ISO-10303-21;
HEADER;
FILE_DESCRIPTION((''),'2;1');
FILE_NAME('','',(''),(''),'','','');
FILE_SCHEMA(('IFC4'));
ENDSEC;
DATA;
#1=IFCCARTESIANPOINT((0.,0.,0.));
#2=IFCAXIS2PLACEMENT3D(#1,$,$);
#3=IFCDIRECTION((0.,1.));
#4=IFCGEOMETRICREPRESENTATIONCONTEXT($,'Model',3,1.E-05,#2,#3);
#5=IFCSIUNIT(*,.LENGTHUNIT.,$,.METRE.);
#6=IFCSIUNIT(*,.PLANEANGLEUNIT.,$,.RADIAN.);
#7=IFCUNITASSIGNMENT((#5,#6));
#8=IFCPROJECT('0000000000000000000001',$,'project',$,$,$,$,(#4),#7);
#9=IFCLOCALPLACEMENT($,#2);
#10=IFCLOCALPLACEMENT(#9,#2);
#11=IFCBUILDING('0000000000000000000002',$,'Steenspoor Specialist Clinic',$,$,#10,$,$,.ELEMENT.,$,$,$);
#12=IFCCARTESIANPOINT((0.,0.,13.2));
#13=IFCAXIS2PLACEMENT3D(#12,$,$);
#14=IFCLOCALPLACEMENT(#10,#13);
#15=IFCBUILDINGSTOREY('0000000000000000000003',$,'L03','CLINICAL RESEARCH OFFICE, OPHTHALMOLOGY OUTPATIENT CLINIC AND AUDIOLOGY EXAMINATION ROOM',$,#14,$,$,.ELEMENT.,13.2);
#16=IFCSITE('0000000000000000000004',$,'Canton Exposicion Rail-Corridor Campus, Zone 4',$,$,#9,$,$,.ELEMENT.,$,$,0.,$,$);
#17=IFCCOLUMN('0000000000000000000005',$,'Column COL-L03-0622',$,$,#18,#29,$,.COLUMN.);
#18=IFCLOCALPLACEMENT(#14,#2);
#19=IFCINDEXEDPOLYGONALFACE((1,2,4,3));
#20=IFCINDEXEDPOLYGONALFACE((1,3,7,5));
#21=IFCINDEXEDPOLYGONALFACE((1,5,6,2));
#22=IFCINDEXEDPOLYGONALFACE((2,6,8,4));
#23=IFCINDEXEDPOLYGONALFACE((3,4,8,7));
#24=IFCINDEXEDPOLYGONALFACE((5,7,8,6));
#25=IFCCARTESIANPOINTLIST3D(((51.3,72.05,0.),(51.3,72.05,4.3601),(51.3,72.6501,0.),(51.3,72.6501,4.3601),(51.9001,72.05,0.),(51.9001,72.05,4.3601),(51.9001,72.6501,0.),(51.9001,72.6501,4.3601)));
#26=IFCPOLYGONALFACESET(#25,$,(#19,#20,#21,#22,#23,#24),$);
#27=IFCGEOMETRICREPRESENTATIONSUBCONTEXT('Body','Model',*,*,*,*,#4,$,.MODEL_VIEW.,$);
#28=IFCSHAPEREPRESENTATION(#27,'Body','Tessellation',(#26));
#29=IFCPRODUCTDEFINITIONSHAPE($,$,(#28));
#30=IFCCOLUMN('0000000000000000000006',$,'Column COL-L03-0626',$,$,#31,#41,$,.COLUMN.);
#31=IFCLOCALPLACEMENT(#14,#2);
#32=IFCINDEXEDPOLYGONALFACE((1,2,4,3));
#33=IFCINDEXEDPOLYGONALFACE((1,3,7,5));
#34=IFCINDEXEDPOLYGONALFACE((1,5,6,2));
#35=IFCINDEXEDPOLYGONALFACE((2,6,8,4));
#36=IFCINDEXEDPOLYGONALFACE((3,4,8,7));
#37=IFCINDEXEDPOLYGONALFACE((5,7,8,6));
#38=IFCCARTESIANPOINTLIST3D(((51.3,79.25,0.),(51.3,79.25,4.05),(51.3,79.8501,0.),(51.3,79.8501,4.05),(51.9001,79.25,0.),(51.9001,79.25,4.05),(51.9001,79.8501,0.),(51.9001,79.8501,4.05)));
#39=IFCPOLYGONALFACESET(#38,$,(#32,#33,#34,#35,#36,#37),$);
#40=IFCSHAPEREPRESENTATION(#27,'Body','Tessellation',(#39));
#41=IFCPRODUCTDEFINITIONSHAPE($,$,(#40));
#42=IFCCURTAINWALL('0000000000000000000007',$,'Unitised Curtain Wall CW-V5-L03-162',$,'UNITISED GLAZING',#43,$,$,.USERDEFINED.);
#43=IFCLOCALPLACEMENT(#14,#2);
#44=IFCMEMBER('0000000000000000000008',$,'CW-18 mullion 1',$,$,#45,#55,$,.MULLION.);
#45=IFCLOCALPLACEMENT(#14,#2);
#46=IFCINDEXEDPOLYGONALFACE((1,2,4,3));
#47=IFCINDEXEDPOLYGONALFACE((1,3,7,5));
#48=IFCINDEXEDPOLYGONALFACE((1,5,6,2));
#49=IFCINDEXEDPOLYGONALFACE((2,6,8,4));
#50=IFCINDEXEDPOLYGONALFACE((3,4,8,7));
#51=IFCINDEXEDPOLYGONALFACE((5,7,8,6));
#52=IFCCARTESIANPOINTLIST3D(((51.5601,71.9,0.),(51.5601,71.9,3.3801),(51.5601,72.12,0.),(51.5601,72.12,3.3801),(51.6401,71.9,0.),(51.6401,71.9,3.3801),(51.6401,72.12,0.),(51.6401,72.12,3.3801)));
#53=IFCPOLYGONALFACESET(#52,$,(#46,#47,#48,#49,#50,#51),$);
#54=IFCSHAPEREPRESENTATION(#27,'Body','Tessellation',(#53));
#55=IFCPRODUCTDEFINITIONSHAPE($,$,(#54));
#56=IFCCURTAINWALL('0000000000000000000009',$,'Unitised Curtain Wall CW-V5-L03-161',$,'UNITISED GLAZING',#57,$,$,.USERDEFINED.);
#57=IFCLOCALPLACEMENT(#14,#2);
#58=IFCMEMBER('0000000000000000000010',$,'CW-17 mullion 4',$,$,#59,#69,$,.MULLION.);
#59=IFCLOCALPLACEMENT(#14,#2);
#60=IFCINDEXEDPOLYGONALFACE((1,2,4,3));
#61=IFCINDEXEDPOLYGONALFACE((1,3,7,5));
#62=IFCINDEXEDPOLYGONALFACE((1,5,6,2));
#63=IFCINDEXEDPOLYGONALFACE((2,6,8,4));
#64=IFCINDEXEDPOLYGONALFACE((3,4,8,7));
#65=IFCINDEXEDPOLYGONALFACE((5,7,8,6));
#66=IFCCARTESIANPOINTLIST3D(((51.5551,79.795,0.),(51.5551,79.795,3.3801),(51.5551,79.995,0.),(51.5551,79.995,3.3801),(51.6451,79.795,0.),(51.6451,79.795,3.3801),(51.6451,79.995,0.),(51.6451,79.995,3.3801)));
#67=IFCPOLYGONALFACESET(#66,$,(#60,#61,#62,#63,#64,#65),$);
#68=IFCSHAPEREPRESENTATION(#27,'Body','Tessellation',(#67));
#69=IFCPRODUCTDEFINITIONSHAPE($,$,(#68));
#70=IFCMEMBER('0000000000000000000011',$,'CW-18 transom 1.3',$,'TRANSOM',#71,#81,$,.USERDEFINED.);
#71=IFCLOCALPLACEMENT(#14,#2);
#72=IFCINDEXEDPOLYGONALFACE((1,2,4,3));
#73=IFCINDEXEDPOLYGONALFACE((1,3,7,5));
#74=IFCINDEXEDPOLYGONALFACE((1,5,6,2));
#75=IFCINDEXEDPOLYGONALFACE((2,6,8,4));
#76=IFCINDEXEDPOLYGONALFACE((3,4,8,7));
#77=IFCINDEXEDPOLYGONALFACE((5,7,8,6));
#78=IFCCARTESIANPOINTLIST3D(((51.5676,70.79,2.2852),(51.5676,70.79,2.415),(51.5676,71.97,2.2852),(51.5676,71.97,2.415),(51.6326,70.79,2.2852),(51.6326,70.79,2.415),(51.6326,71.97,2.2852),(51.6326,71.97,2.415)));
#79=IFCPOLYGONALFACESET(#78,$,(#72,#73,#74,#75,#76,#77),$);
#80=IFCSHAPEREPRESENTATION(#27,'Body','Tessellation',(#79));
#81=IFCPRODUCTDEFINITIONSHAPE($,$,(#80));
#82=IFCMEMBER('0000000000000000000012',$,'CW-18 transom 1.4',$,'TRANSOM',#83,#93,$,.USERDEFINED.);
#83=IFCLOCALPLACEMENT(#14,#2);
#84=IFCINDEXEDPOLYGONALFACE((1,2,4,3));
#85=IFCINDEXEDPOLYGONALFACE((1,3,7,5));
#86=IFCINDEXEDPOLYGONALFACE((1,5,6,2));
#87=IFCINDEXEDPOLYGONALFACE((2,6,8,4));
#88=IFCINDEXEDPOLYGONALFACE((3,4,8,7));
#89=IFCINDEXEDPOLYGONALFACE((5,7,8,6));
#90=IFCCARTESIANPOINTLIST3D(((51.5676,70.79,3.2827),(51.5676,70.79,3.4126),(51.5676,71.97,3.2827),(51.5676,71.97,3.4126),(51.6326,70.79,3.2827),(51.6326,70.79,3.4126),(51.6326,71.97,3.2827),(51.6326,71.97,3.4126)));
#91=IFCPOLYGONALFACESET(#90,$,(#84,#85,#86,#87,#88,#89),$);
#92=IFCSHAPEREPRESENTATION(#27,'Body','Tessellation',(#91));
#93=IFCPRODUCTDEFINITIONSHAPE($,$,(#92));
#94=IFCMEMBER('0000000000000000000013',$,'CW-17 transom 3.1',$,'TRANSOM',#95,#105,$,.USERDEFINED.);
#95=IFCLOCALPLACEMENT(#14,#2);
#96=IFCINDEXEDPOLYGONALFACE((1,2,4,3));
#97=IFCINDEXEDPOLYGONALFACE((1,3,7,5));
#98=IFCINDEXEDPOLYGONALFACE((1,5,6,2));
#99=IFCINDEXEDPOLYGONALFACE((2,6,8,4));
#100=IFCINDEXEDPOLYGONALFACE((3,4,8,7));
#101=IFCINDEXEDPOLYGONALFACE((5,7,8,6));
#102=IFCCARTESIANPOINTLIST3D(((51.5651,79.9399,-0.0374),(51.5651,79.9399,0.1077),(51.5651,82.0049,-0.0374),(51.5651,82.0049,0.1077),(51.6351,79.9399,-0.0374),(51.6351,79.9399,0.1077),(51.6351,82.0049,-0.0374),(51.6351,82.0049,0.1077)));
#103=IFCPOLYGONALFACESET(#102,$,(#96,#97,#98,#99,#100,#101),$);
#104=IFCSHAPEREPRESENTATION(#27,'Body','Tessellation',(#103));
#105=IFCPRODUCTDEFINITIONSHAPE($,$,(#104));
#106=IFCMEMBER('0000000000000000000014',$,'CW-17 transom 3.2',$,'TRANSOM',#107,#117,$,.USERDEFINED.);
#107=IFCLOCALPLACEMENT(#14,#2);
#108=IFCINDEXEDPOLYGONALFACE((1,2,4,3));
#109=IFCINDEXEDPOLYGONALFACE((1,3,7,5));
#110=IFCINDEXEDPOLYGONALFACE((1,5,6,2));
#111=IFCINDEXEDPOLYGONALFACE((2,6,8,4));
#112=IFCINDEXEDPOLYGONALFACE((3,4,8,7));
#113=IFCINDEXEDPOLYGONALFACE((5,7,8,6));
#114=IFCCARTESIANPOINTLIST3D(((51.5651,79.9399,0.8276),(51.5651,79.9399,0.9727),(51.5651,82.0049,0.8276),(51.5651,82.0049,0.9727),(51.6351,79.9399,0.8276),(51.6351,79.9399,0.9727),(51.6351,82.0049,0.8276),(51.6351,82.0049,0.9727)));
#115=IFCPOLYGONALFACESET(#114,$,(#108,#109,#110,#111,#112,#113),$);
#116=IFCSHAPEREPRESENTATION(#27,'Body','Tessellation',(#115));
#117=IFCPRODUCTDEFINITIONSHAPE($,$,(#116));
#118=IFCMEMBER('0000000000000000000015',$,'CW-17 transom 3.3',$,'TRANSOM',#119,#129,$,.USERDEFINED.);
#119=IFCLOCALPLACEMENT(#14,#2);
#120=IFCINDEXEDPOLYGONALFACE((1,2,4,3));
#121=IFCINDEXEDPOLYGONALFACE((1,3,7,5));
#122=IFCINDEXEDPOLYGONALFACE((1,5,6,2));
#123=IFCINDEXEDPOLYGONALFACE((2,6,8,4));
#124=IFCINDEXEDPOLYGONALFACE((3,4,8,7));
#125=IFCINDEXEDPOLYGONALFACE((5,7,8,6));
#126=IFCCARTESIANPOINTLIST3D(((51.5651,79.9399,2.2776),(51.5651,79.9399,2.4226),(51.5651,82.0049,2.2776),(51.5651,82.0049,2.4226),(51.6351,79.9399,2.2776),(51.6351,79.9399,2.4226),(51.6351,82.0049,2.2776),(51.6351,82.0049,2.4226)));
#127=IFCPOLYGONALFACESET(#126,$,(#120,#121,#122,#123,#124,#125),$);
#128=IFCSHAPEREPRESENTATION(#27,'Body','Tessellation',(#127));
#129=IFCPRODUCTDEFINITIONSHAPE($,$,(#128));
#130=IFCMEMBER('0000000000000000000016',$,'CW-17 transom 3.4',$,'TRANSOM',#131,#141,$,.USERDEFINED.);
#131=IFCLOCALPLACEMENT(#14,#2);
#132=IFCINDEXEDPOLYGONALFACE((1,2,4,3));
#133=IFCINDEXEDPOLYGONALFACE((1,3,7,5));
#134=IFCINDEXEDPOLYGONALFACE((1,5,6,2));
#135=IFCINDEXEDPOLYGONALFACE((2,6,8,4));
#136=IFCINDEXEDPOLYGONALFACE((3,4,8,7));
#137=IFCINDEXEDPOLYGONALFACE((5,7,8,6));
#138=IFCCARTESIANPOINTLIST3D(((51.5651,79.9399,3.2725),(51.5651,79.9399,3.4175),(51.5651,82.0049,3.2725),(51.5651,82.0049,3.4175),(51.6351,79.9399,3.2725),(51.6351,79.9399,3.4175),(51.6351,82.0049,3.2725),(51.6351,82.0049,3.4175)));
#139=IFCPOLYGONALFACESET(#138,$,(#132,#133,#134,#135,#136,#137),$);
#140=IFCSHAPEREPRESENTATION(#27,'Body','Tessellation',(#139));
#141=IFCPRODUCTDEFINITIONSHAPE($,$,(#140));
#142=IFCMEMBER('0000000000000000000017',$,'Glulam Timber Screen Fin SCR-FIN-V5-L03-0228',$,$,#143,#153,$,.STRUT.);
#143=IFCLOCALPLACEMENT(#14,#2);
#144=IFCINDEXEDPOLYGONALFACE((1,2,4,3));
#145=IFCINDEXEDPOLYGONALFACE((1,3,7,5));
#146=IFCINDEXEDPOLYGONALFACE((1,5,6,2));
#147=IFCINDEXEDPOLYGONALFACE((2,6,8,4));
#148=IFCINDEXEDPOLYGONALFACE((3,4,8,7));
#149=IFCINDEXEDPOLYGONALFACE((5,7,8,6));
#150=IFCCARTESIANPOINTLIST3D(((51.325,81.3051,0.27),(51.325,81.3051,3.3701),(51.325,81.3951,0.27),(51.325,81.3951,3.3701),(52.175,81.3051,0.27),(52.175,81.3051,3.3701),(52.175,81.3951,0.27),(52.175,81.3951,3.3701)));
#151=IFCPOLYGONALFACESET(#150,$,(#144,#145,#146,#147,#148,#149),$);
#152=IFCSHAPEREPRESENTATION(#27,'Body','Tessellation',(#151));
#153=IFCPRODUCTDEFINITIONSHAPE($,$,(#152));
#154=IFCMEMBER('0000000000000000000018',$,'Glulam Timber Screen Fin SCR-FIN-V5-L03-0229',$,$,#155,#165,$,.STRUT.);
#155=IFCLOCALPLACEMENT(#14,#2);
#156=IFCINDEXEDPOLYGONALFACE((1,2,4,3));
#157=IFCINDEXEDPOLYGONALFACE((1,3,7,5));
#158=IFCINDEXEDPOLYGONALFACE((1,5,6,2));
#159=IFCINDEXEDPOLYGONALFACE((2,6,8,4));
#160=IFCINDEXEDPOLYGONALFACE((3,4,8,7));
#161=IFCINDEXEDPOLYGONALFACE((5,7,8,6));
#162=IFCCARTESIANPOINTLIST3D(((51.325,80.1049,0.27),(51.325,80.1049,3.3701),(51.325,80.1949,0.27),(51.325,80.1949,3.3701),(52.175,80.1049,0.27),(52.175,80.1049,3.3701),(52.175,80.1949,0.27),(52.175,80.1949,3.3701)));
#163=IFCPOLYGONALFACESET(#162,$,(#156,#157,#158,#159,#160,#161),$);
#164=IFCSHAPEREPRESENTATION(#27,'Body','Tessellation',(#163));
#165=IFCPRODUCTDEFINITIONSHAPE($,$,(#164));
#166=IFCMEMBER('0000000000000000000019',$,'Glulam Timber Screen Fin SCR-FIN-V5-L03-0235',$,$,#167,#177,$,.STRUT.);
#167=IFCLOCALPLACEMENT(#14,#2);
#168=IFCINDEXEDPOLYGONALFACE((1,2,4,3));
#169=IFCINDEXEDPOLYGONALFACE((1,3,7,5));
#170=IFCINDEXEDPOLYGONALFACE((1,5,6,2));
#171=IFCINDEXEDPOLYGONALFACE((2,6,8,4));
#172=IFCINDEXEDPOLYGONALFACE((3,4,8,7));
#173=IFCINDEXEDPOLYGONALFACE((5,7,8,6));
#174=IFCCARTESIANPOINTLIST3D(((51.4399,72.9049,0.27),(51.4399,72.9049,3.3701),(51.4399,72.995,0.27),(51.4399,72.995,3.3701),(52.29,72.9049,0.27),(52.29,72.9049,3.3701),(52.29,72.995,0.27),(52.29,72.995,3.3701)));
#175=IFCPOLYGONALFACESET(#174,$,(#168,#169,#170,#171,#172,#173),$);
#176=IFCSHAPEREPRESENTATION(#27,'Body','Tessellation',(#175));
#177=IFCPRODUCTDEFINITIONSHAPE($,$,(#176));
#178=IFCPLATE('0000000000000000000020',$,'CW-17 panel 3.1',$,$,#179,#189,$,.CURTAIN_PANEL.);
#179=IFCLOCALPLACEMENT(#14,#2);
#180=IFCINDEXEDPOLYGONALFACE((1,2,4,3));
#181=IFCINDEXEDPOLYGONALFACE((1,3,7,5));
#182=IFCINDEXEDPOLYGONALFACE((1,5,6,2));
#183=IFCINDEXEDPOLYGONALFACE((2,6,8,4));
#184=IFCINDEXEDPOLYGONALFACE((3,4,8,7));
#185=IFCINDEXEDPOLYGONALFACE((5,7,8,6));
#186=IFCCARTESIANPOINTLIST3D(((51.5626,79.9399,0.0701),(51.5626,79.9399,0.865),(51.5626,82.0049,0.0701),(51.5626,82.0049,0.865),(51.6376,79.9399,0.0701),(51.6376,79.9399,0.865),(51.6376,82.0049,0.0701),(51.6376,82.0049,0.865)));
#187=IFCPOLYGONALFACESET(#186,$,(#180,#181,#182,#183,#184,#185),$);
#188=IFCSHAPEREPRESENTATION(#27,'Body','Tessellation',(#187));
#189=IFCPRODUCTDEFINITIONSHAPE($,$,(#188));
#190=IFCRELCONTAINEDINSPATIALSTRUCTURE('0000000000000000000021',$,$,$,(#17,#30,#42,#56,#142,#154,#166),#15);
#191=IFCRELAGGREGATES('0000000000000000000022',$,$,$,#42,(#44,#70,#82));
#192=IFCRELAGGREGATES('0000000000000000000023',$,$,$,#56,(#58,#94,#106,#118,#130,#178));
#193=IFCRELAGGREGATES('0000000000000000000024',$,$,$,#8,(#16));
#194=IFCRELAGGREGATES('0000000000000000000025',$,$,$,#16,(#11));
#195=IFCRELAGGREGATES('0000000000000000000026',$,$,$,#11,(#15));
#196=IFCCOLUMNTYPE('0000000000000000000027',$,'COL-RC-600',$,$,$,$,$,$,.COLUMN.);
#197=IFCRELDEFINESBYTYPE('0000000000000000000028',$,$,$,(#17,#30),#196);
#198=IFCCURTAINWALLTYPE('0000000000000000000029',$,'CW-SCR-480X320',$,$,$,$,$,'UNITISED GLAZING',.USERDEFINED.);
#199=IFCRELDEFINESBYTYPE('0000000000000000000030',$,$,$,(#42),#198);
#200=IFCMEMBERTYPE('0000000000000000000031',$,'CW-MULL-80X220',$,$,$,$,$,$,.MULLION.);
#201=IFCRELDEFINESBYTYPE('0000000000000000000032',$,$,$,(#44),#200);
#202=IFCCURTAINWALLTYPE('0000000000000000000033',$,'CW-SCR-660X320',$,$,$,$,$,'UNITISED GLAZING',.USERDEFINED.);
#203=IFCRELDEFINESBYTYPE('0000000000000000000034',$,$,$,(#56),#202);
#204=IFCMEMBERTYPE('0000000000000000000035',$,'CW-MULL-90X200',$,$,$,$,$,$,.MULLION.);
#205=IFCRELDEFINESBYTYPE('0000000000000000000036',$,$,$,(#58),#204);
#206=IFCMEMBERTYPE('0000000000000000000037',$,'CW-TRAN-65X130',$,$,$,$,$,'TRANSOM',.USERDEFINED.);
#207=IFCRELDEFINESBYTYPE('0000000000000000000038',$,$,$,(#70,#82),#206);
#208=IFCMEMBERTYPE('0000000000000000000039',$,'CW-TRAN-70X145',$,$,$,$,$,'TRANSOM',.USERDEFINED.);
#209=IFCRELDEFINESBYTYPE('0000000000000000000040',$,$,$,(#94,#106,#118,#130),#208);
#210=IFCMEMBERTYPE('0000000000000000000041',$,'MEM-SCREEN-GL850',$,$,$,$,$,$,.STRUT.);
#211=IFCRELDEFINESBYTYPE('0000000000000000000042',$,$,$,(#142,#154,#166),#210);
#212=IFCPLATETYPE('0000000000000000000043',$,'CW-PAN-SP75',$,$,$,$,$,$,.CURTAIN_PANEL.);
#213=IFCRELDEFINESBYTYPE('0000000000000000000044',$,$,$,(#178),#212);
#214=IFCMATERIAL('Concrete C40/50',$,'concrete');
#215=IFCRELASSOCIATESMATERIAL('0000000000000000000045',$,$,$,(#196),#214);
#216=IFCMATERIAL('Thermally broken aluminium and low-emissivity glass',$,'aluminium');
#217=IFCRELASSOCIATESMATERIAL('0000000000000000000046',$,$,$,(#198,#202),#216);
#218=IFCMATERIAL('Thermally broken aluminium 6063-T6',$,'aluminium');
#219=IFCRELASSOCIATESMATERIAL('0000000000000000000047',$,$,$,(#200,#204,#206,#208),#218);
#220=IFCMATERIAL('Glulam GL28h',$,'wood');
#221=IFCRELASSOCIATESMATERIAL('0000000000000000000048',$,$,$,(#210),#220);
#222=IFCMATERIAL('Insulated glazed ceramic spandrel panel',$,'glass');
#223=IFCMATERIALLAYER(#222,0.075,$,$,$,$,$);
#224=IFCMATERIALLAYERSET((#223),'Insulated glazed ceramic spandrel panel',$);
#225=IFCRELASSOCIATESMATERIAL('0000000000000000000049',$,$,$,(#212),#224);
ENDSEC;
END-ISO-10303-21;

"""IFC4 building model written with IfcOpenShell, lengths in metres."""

from ifc_helpers import new_model, si_unit, direction, frame, origin, origin_2d, place, context, subcontext, project, spatial, rectangle, extrude, material, layer, layer_set, material_profile, profile_set, type_object, element, aggregate, save


model = new_model("IFC4")

# Units and contexts
model_context = context("Model", 3, precision=1e-05, world=origin(), true_north=direction((0.0, 1.0)))
body_context = subcontext(model_context, "Body", "Model", "MODEL_VIEW")
ifc_project = project(units=[si_unit("LENGTHUNIT", "METRE"), si_unit("PLANEANGLEUNIT", "RADIAN")], contexts=[model_context])

# Site, building, storey
site_placement = place(None, origin())
site = spatial("IfcSite", under=ifc_project, at=site_placement, Name="Canton Exposicion Rail-Corridor Campus, Zone 4", CompositionType="ELEMENT", RefElevation=0.0)
building_placement = place(site_placement, origin())
building = spatial("IfcBuilding", under=site, at=building_placement, Name="Steenspoor Specialist Clinic", CompositionType="ELEMENT")
storey_placement = place(building_placement, frame((0.0, 0.0, 13.2)))
storey = spatial("IfcBuildingStorey", under=building, at=storey_placement, Name="L03", Description="CLINICAL RESEARCH OFFICE, OPHTHALMOLOGY OUTPATIENT CLINIC AND AUDIOLOGY EXAMINATION ROOM", CompositionType="ELEMENT", Elevation=13.2)

# Columns
ifc_material_1 = material(Name="Concrete C40/50", Category="concrete")
ifc_material_profile_1 = material_profile(ifc_material_1, rectangle(XDim=0.6001, YDim=0.6001, at=origin_2d()), Name="RC-COL-600X600")
ifc_profile_set_1 = profile_set([ifc_material_profile_1], Name="Concrete C40/50")
column_type = type_object("IfcColumnType", Name="COL-RC-600", PredefinedType="COLUMN", material=ifc_profile_set_1)
column_1_placement = place(storey_placement, frame((51.6001, 72.3501, 0.0), z_axis=(0.0, 0.0, 1.0), x_axis=(1.0, 0.0, 0.0)))
element("IfcColumn", 1, at=column_1_placement, inside=storey, type_object=column_type, Name="Column COL-L03-0622", PredefinedType="COLUMN", context=body_context, shape_type="SweptSolid", body=[
    extrude(rectangle(XDim=0.6001, YDim=0.6001, at=origin_2d()), origin(), (0.0, 0.0, 1.0), 4.3601),
])
column_2_placement = place(storey_placement, frame((51.6001, 79.55, 0.0), z_axis=(0.0, 0.0, 1.0), x_axis=(1.0, 0.0, 0.0)))
element("IfcColumn", 2, at=column_2_placement, inside=storey, type_object=column_type, Name="Column COL-L03-0626", PredefinedType="COLUMN", context=body_context, shape_type="SweptSolid", body=[
    extrude(rectangle(XDim=0.6001, YDim=0.6001, at=origin_2d()), origin(), (0.0, 0.0, 1.0), 4.05),
])

# Curtain walls, members
ifc_material_2 = material(Name="Thermally broken aluminium and low-emissivity glass", Category="aluminium")
curtain_wall_type_1 = type_object("IfcCurtainWallType", Name="CW-SCR-480X320", ElementType="UNITISED GLAZING", PredefinedType="USERDEFINED", material=ifc_material_2)
curtain_wall_1_placement = place(storey_placement, origin())
curtain_wall_1 = element("IfcCurtainWall", 3, at=curtain_wall_1_placement, inside=storey, type_object=curtain_wall_type_1, Name="Unitised Curtain Wall CW-V5-L03-162", ObjectType="UNITISED GLAZING", PredefinedType="USERDEFINED")
ifc_material_3 = material(Name="Thermally broken aluminium 6063-T6", Category="aluminium")
ifc_material_profile_2 = material_profile(ifc_material_3, rectangle(XDim=0.0801, YDim=0.22, at=origin_2d()), Name="CWM-80X220")
ifc_profile_set_2 = profile_set([ifc_material_profile_2], Name="Thermally broken aluminium 6063-T6")
member_type_1 = type_object("IfcMemberType", Name="CW-MULL-80X220", PredefinedType="MULLION", material=ifc_profile_set_2)
member_1_placement = place(storey_placement, frame((51.6001, 72.01, 0.0), z_axis=(0.0, 0.0, 1.0), x_axis=(1.0, 0.0, 0.0)))
member_1 = element("IfcMember", 4, at=member_1_placement, type_object=member_type_1, Name="CW-18 mullion 1", PredefinedType="MULLION", context=body_context, shape_type="SweptSolid", body=[
    extrude(rectangle(XDim=0.0801, YDim=0.22, at=origin_2d()), origin(), (0.0, 0.0, 1.0), 3.3801),
])
curtain_wall_type_2 = type_object("IfcCurtainWallType", Name="CW-SCR-660X320", ElementType="UNITISED GLAZING", PredefinedType="USERDEFINED", material=ifc_material_2)
curtain_wall_2_placement = place(storey_placement, origin())
curtain_wall_2 = element("IfcCurtainWall", 5, at=curtain_wall_2_placement, inside=storey, type_object=curtain_wall_type_2, Name="Unitised Curtain Wall CW-V5-L03-161", ObjectType="UNITISED GLAZING", PredefinedType="USERDEFINED")
ifc_material_profile_3 = material_profile(ifc_material_3, rectangle(XDim=0.0901, YDim=0.2, at=origin_2d()), Name="CWM-90X200")
ifc_profile_set_3 = profile_set([ifc_material_profile_3], Name="Thermally broken aluminium 6063-T6")
member_type_2 = type_object("IfcMemberType", Name="CW-MULL-90X200", PredefinedType="MULLION", material=ifc_profile_set_3)
member_2_placement = place(storey_placement, frame((51.6001, 79.895, 0.0), z_axis=(0.0, 0.0, 1.0), x_axis=(1.0, 0.0, 0.0)))
member_2 = element("IfcMember", 6, at=member_2_placement, type_object=member_type_2, Name="CW-17 mullion 4", PredefinedType="MULLION", context=body_context, shape_type="SweptSolid", body=[
    extrude(rectangle(XDim=0.0901, YDim=0.2, at=origin_2d()), origin(), (0.0, 0.0, 1.0), 3.3801),
])

# Members
ifc_material_profile_4 = material_profile(ifc_material_3, rectangle(XDim=0.0649, YDim=0.1299, at=origin_2d()), Name="CWT-65X130")
ifc_profile_set_4 = profile_set([ifc_material_profile_4], Name="Thermally broken aluminium 6063-T6")
member_type_3 = type_object("IfcMemberType", Name="CW-TRAN-65X130", ElementType="TRANSOM", PredefinedType="USERDEFINED", material=ifc_profile_set_4)
member_3_placement = place(storey_placement, frame((51.6001, 71.97, 2.3501), z_axis=(0.0, -1.0, 0.0), x_axis=(1.0, 0.0, 0.0)))
member_3 = element("IfcMember", 7, at=member_3_placement, type_object=member_type_3, Name="CW-18 transom 1.3", ObjectType="TRANSOM", PredefinedType="USERDEFINED", context=body_context, shape_type="SweptSolid", body=[
    extrude(rectangle(XDim=0.0649, YDim=0.1299, at=origin_2d()), origin(), (0.0, 0.0, 1.0), 1.1799),
])
member_4_placement = place(storey_placement, frame((51.6001, 71.97, 3.3477), z_axis=(0.0, -1.0, 0.0), x_axis=(1.0, 0.0, 0.0)))
member_4 = element("IfcMember", 8, at=member_4_placement, type_object=member_type_3, Name="CW-18 transom 1.4", ObjectType="TRANSOM", PredefinedType="USERDEFINED", context=body_context, shape_type="SweptSolid", body=[
    extrude(rectangle(XDim=0.0649, YDim=0.1299, at=origin_2d()), origin(), (0.0, 0.0, 1.0), 1.1799),
])
aggregate(curtain_wall_1, [member_1, member_3, member_4])
ifc_material_profile_5 = material_profile(ifc_material_3, rectangle(XDim=0.0701, YDim=0.145, at=origin_2d()), Name="CWT-70X145")
ifc_profile_set_5 = profile_set([ifc_material_profile_5], Name="Thermally broken aluminium 6063-T6")
member_type_4 = type_object("IfcMemberType", Name="CW-TRAN-70X145", ElementType="TRANSOM", PredefinedType="USERDEFINED", material=ifc_profile_set_5)
member_5_placement = place(storey_placement, frame((51.6001, 82.0049, 0.0352), z_axis=(0.0, -1.0, 0.0), x_axis=(1.0, 0.0, 0.0)))
member_5 = element("IfcMember", 9, at=member_5_placement, type_object=member_type_4, Name="CW-17 transom 3.1", ObjectType="TRANSOM", PredefinedType="USERDEFINED", context=body_context, shape_type="SweptSolid", body=[
    extrude(rectangle(XDim=0.0701, YDim=0.145, at=origin_2d()), origin(), (0.0, 0.0, 1.0), 2.0649),
])
member_6_placement = place(storey_placement, frame((51.6001, 82.0049, 0.9001), z_axis=(0.0, -1.0, 0.0), x_axis=(1.0, 0.0, 0.0)))
member_6 = element("IfcMember", 10, at=member_6_placement, type_object=member_type_4, Name="CW-17 transom 3.2", ObjectType="TRANSOM", PredefinedType="USERDEFINED", context=body_context, shape_type="SweptSolid", body=[
    extrude(rectangle(XDim=0.0701, YDim=0.145, at=origin_2d()), origin(), (0.0, 0.0, 1.0), 2.0649),
])
member_7_placement = place(storey_placement, frame((51.6001, 82.0049, 2.3501), z_axis=(0.0, -1.0, 0.0), x_axis=(1.0, 0.0, 0.0)))
member_7 = element("IfcMember", 11, at=member_7_placement, type_object=member_type_4, Name="CW-17 transom 3.3", ObjectType="TRANSOM", PredefinedType="USERDEFINED", context=body_context, shape_type="SweptSolid", body=[
    extrude(rectangle(XDim=0.0701, YDim=0.145, at=origin_2d()), origin(), (0.0, 0.0, 1.0), 2.0649),
])
member_8_placement = place(storey_placement, frame((51.6001, 82.0049, 3.345), z_axis=(0.0, -1.0, 0.0), x_axis=(1.0, 0.0, 0.0)))
member_8 = element("IfcMember", 12, at=member_8_placement, type_object=member_type_4, Name="CW-17 transom 3.4", ObjectType="TRANSOM", PredefinedType="USERDEFINED", context=body_context, shape_type="SweptSolid", body=[
    extrude(rectangle(XDim=0.0701, YDim=0.145, at=origin_2d()), origin(), (0.0, 0.0, 1.0), 2.0649),
])

# Members
ifc_material_4 = material(Name="Glulam GL28h", Category="wood")
ifc_material_profile_6 = material_profile(ifc_material_4, rectangle(XDim=0.0901, YDim=0.8501, at=origin_2d()), Name="GL28H-90X850")
ifc_profile_set_6 = profile_set([ifc_material_profile_6], Name="Glulam GL28h")
member_type_5 = type_object("IfcMemberType", Name="MEM-SCREEN-GL850", PredefinedType="STRUT", material=ifc_profile_set_6)
for number, where, z_axis, x_axis, name in (
    (13, (51.75, 81.3501, 0.27), (0.0, 0.0, 1.0), (0.0, -1.0, 0.0), "Glulam Timber Screen Fin SCR-FIN-V5-L03-0228"),
    (14, (51.75, 80.1499, 0.27), (0.0, 0.0, 1.0), (0.0, -1.0, 0.0), "Glulam Timber Screen Fin SCR-FIN-V5-L03-0229"),
    (15, (51.865, 72.95, 0.27), (0.0, 0.0, 1.0), (0.0, -1.0, 0.0), "Glulam Timber Screen Fin SCR-FIN-V5-L03-0235"),
):
    element("IfcMember", number, at=place(storey_placement, frame(where, z_axis=z_axis, x_axis=x_axis)), inside=storey, type_object=member_type_5, Name=name, PredefinedType="STRUT", context=body_context, shape_type="SweptSolid", body=[
        extrude(rectangle(XDim=0.0901, YDim=0.8501, at=origin_2d()), origin(), (0.0, 0.0, 1.0), 3.1001),
    ])

# Plate
ifc_material_5 = material(Name="Insulated glazed ceramic spandrel panel", Category="glass")
ifc_layer_1 = layer(ifc_material_5, 0.075)
ifc_layer_set_1 = layer_set([ifc_layer_1], Name="Insulated glazed ceramic spandrel panel")
plate_type = type_object("IfcPlateType", Name="CW-PAN-SP75", PredefinedType="CURTAIN_PANEL", material=ifc_layer_set_1)
plate_1_placement = place(storey_placement, frame((51.6001, 80.9724, 0.0701), z_axis=(0.0, 0.0, 1.0), x_axis=(0.0, -1.0, 0.0)))
plate_1 = element("IfcPlate", 16, at=plate_1_placement, type_object=plate_type, Name="CW-17 panel 3.1", PredefinedType="CURTAIN_PANEL", context=body_context, shape_type="SweptSolid", body=[
    extrude(rectangle(XDim=2.0649, YDim=0.075, at=origin_2d()), origin(), (0.0, 0.0, 1.0), 0.7949),
])
aggregate(curtain_wall_2, [member_2, member_5, member_6, member_7, member_8, plate_1])

save(model, "model.ifc")
